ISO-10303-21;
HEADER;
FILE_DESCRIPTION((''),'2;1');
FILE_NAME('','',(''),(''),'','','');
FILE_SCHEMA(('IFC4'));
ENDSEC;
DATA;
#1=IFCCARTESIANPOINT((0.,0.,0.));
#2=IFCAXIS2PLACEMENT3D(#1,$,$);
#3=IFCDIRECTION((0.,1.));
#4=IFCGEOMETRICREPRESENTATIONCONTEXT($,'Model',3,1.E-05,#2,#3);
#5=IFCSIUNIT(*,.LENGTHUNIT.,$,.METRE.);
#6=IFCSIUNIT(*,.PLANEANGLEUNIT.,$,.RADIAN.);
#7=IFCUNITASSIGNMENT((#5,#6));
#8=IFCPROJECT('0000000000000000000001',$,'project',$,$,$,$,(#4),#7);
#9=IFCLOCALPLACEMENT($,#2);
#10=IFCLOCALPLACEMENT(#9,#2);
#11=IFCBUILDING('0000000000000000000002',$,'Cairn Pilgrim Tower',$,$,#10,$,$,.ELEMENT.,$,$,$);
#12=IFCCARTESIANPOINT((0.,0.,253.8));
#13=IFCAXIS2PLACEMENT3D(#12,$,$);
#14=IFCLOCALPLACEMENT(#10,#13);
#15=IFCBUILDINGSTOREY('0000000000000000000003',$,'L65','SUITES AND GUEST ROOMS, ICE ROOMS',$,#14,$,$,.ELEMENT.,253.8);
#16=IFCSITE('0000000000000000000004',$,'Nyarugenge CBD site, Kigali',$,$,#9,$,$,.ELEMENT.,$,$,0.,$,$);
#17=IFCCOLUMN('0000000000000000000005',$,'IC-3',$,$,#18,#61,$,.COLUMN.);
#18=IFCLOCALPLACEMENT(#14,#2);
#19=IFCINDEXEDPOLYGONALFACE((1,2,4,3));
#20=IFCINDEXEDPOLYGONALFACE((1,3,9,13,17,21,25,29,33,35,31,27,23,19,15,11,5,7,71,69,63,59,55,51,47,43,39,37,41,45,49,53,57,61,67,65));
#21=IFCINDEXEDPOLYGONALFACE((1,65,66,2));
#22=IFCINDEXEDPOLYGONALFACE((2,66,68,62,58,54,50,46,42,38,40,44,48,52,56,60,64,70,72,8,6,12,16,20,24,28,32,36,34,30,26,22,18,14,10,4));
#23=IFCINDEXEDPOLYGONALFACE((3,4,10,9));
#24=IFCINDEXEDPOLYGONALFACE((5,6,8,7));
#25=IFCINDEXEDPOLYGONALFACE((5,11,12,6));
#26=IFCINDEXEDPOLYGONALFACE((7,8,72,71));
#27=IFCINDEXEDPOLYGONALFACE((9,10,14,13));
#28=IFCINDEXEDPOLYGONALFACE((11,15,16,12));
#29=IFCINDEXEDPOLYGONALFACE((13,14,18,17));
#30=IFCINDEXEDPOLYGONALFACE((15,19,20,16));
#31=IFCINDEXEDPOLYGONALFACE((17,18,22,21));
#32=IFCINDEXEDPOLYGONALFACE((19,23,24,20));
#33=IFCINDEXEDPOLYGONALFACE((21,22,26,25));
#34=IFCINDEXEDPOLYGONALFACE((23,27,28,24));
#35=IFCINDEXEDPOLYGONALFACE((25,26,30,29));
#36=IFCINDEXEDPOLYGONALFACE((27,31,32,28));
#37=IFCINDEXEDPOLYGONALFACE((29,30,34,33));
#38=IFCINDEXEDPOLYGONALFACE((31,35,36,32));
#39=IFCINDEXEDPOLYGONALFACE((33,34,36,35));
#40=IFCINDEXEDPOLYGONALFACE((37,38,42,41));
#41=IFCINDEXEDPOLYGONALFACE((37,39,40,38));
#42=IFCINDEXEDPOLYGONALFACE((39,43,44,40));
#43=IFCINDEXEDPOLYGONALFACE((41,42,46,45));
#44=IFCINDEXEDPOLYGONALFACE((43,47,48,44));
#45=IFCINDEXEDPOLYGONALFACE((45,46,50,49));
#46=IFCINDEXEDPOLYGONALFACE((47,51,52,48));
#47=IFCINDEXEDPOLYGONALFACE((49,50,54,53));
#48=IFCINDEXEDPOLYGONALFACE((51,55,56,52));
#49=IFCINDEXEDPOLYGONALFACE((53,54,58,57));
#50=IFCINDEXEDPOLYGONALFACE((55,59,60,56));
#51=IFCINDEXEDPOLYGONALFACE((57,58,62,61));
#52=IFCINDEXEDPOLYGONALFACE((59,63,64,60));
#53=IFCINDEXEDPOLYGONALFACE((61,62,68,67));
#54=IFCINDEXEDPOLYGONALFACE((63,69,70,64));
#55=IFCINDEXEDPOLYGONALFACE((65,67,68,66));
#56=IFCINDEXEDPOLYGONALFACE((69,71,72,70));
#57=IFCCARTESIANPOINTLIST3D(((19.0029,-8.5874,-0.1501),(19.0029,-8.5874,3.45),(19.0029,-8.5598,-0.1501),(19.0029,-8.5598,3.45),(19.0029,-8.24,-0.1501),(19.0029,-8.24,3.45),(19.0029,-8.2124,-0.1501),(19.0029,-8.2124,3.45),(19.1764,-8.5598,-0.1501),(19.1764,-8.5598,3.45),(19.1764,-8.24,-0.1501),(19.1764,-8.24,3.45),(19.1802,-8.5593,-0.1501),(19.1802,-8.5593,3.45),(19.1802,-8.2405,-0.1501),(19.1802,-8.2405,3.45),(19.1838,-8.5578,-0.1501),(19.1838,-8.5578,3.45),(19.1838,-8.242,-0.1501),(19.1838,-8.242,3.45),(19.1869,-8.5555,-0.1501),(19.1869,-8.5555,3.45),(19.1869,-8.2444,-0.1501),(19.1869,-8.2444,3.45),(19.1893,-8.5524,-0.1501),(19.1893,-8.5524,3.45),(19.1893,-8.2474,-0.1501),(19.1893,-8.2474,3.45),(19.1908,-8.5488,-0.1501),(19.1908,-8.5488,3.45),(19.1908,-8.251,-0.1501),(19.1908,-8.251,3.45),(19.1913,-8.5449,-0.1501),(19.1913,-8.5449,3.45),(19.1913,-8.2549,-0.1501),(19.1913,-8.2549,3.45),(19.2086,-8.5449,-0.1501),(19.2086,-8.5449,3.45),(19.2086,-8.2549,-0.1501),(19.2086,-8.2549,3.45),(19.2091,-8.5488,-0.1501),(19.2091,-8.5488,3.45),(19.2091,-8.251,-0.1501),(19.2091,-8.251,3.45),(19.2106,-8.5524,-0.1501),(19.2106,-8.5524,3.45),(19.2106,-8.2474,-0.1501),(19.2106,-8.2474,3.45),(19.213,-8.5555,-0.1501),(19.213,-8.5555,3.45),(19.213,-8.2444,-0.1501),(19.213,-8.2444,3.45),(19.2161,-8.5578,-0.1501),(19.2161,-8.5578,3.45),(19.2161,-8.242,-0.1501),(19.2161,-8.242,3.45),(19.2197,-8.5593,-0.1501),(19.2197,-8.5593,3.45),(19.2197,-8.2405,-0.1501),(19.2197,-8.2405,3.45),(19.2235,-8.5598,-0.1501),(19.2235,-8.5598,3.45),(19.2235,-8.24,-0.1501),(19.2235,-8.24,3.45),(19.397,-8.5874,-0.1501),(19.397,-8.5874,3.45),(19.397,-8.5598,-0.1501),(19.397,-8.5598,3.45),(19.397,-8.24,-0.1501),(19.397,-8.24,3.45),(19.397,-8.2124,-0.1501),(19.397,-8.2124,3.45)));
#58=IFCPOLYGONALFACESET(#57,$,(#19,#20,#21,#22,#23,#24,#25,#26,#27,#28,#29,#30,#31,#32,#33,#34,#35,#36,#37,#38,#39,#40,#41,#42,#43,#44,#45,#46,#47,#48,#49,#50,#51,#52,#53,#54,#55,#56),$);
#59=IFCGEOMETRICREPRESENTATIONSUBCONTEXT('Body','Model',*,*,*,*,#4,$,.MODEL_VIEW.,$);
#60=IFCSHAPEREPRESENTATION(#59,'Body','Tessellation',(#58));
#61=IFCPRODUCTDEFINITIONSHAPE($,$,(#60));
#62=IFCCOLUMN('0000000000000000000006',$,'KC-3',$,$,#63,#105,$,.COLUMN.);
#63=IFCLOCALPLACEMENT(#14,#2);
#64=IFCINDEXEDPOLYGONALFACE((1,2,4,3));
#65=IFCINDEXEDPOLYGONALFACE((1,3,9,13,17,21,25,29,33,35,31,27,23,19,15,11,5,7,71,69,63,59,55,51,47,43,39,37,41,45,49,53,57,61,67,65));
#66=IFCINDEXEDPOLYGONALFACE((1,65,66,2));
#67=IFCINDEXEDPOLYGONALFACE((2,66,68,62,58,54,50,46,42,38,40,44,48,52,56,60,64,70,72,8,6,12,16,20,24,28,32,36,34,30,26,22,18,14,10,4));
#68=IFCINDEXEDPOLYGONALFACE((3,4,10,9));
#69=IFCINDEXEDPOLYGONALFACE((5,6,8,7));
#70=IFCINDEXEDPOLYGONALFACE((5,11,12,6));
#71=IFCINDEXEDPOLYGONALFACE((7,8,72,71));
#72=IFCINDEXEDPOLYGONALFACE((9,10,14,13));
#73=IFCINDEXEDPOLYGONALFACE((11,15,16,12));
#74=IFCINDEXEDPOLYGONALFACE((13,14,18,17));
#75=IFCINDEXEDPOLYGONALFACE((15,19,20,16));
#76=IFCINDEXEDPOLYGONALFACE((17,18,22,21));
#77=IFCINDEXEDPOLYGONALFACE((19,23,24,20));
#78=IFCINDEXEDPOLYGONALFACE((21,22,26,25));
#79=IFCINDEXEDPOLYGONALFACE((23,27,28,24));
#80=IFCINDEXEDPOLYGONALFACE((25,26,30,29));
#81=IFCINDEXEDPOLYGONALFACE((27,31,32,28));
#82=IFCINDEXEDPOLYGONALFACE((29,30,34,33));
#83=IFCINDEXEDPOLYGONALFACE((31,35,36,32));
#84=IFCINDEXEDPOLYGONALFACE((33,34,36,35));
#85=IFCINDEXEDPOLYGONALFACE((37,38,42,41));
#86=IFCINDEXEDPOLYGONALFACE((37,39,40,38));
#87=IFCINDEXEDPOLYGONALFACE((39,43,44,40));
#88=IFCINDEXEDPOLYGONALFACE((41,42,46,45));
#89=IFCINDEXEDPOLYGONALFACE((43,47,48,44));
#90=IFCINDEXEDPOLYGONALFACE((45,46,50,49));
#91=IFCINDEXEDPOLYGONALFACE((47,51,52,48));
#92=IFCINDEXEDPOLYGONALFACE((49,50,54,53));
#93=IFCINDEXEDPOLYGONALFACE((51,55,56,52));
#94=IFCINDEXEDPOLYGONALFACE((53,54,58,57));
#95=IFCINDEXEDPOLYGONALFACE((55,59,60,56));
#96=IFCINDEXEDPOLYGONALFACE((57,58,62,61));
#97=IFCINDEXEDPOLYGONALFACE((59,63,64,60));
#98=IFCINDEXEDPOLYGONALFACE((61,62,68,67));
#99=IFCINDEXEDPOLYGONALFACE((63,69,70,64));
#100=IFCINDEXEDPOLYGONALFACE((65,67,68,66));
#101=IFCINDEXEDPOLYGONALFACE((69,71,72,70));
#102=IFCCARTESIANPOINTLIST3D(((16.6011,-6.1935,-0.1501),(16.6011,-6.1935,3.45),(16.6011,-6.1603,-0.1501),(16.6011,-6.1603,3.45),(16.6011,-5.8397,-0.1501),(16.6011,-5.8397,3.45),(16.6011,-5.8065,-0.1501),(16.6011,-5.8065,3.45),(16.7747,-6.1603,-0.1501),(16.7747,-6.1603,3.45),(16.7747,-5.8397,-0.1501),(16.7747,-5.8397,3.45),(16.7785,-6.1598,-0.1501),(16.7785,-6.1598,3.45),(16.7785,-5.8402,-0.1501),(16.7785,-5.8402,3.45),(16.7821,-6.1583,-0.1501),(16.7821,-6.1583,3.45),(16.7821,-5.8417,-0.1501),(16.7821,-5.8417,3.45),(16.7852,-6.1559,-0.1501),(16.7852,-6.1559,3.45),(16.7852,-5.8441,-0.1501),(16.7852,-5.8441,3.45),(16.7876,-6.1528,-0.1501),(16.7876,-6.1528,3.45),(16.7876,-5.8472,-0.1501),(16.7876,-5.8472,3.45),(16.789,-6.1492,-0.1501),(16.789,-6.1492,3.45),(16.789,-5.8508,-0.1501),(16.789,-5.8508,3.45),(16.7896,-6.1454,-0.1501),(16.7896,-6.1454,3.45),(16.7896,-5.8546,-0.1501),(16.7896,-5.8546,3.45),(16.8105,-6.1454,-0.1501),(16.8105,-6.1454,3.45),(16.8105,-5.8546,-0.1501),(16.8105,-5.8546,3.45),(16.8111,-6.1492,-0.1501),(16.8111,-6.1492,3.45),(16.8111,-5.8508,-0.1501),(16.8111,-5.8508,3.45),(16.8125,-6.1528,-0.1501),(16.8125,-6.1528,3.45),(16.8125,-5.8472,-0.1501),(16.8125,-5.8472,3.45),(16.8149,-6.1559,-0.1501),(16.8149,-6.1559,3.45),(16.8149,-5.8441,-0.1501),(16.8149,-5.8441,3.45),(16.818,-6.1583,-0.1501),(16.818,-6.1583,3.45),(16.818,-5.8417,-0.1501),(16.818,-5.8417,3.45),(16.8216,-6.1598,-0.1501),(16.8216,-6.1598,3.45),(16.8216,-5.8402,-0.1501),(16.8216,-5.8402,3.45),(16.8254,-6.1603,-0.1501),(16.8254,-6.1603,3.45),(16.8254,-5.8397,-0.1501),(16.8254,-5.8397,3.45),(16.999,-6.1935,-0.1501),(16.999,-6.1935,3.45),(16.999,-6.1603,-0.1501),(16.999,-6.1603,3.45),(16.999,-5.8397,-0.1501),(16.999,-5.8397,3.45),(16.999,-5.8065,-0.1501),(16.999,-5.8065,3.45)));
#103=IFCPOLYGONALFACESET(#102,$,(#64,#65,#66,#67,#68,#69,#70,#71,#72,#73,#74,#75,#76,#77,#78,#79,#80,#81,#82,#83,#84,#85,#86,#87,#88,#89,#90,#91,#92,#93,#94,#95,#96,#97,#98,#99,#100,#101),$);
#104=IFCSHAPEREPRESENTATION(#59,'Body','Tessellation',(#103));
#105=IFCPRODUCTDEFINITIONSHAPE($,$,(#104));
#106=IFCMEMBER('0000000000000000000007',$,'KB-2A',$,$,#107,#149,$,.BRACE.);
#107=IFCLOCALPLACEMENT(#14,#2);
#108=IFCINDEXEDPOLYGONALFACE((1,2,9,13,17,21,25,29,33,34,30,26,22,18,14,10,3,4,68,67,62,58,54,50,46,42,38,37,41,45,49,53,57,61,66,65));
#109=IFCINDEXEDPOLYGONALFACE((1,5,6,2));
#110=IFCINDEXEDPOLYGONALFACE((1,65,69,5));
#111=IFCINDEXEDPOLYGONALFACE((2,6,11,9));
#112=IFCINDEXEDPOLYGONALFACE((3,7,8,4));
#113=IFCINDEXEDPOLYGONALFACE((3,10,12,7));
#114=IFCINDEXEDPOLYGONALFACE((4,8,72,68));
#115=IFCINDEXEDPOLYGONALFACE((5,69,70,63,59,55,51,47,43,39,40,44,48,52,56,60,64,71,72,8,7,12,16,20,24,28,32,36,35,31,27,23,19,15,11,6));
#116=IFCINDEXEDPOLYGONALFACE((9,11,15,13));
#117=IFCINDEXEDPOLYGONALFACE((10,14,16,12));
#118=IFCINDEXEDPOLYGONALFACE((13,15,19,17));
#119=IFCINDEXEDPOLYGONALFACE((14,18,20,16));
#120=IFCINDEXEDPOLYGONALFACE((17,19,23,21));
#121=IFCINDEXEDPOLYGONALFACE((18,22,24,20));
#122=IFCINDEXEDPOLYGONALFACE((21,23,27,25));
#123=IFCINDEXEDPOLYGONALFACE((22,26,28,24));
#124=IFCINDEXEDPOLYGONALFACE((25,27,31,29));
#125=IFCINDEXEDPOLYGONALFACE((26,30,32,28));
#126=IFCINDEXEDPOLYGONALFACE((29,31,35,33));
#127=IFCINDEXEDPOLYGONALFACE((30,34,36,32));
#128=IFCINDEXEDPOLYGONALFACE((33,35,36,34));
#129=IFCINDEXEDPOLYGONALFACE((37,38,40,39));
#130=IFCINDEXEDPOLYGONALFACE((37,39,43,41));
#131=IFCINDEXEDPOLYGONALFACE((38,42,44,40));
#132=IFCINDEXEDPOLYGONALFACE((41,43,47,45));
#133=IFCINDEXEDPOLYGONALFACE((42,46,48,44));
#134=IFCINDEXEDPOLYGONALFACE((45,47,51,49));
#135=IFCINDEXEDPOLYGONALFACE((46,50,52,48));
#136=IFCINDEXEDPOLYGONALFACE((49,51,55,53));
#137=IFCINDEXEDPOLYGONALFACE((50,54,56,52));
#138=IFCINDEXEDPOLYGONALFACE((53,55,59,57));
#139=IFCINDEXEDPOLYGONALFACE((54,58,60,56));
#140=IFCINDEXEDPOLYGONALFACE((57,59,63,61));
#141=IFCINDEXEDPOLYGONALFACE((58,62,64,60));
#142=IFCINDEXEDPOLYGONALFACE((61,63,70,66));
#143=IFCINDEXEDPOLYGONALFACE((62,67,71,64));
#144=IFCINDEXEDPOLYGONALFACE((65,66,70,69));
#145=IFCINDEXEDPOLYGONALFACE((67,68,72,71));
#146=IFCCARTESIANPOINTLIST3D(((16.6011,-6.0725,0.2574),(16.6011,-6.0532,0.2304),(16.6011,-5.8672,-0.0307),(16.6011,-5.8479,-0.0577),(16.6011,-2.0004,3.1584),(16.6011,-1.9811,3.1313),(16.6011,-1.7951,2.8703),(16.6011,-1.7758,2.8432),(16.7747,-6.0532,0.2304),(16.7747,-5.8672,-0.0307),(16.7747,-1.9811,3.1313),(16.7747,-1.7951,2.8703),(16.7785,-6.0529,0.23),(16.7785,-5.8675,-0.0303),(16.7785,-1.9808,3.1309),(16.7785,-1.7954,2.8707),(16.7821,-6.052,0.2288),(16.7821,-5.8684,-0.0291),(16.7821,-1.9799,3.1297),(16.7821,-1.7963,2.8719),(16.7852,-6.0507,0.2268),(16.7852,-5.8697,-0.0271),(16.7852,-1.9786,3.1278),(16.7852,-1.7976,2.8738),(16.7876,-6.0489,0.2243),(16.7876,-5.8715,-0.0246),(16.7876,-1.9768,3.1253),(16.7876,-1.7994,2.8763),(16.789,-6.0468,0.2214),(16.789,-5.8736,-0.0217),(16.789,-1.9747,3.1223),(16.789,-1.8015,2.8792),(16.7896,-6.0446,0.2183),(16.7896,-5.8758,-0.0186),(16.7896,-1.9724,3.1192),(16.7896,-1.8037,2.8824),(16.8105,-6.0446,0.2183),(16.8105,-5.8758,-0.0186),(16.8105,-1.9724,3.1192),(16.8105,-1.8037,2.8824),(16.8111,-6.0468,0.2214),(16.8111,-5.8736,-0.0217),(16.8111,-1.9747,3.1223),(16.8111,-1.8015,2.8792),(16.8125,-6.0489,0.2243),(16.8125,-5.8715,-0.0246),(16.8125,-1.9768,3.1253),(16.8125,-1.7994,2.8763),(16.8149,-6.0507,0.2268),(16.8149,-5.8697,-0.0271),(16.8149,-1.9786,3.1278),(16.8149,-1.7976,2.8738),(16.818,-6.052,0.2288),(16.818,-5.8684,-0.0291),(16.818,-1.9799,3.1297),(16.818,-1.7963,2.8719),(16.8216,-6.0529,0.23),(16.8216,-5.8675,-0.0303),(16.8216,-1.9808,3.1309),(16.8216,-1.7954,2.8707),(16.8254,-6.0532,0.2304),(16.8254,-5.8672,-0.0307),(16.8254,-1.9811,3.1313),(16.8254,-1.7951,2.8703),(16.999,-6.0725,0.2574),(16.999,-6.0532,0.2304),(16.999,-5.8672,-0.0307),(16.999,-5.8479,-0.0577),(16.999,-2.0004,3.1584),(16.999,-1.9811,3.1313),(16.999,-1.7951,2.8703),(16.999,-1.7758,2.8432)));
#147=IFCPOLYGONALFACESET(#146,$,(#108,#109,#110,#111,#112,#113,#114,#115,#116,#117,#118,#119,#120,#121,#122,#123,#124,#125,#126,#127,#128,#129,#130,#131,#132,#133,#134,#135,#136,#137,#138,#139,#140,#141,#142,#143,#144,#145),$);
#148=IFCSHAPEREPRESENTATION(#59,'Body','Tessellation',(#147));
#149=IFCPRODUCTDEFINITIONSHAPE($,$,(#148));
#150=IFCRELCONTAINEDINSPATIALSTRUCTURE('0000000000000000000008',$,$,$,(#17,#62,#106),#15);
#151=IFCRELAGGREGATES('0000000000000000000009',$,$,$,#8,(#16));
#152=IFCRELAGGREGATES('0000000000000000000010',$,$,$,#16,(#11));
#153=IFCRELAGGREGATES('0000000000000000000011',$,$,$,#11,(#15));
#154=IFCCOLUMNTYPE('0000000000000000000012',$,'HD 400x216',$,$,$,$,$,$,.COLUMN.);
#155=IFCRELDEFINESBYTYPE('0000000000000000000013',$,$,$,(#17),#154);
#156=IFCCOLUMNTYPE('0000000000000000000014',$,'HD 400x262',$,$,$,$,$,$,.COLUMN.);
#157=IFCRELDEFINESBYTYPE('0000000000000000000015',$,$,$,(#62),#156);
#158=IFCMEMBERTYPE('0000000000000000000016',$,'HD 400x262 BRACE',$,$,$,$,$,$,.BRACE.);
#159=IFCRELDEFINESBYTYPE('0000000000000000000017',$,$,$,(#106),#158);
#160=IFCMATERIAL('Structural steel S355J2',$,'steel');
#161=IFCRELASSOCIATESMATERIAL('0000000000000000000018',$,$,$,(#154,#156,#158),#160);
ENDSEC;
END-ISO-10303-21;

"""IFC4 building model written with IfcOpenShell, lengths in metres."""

from ifc_helpers import new_model, si_unit, direction, frame, origin, origin_2d, place, context, subcontext, project, spatial, i_section, extrude, material, material_profile, profile_set, type_object, element, save


model = new_model("IFC4")

# Units and contexts
model_context = context("Model", 3, precision=1e-05, world=origin(), true_north=direction((0.0, 1.0)))
body_context = subcontext(model_context, "Body", "Model", "MODEL_VIEW")
ifc_project = project(units=[si_unit("LENGTHUNIT", "METRE"), si_unit("PLANEANGLEUNIT", "RADIAN")], contexts=[model_context])

# Site, building, storey
site_placement = place(None, origin())
site = spatial("IfcSite", under=ifc_project, at=site_placement, Name="Nyarugenge CBD site, Kigali", CompositionType="ELEMENT", RefElevation=0.0)
building_placement = place(site_placement, origin())
building = spatial("IfcBuilding", under=site, at=building_placement, Name="Cairn Pilgrim Tower", CompositionType="ELEMENT")
storey_placement = place(building_placement, frame((0.0, 0.0, 253.8)))
storey = spatial("IfcBuildingStorey", under=building, at=storey_placement, Name="L65", Description="SUITES AND GUEST ROOMS, ICE ROOMS", CompositionType="ELEMENT", Elevation=253.8)

# Columns
ifc_material_1 = material(Name="Structural steel S355J2", Category="steel")
ifc_material_profile_1 = material_profile(ifc_material_1, i_section(OverallWidth=0.394, OverallDepth=0.375, WebThickness=0.0173, FlangeThickness=0.0276, FilletRadius=0.0149, at=origin_2d()), Name="HD 400x216")
ifc_profile_set_1 = profile_set([ifc_material_profile_1], Name="Structural steel S355J2")
column_type_1 = type_object("IfcColumnType", Name="HD 400x216", PredefinedType="COLUMN", material=ifc_profile_set_1)
column_1_placement = place(storey_placement, frame((19.2, -8.3999, -0.1501), z_axis=(0.0, 0.0, 1.0), x_axis=(1.0, 0.0, 0.0)))
element("IfcColumn", 1, at=column_1_placement, inside=storey, type_object=column_type_1, Name="IC-3", PredefinedType="COLUMN", context=body_context, shape_type="SweptSolid", body=[
    extrude(i_section(OverallWidth=0.394, OverallDepth=0.375, WebThickness=0.0173, FlangeThickness=0.0276, FilletRadius=0.0149, at=origin_2d()), origin(), (0.0, 0.0, 1.0), 3.6001),
])
ifc_material_profile_2 = material_profile(ifc_material_1, i_section(OverallWidth=0.3979, OverallDepth=0.387, WebThickness=0.021, FlangeThickness=0.0332, FilletRadius=0.0149, at=origin_2d()), Name="HD 400x262")
ifc_profile_set_2 = profile_set([ifc_material_profile_2], Name="Structural steel S355J2")
column_type_2 = type_object("IfcColumnType", Name="HD 400x262", PredefinedType="COLUMN", material=ifc_profile_set_2)
column_2_placement = place(storey_placement, frame((16.8, -6.0, -0.1501), z_axis=(0.0, 0.0, 1.0), x_axis=(1.0, 0.0, 0.0)))
element("IfcColumn", 2, at=column_2_placement, inside=storey, type_object=column_type_2, Name="KC-3", PredefinedType="COLUMN", context=body_context, shape_type="SweptSolid", body=[
    extrude(i_section(OverallWidth=0.3979, OverallDepth=0.387, WebThickness=0.021, FlangeThickness=0.0332, FilletRadius=0.0149, at=origin_2d()), origin(), (0.0, 0.0, 1.0), 3.6001),
])

# Member
ifc_material_profile_3 = material_profile(ifc_material_1, i_section(OverallWidth=0.3979, OverallDepth=0.387, WebThickness=0.021, FlangeThickness=0.0332, FilletRadius=0.0149, at=origin_2d()), Name="HD 400x262")
ifc_profile_set_3 = profile_set([ifc_material_profile_3], Name="Structural steel S355J2")
member_type = type_object("IfcMemberType", Name="HD 400x262 BRACE", PredefinedType="BRACE", material=ifc_profile_set_3)
member_placement = place(storey_placement, frame((16.8, -5.9602, 0.0999), z_axis=(0.0, 0.814462, 0.580217), x_axis=(-1.0, 0.0, 0.0)))
element("IfcMember", 3, at=member_placement, inside=storey, type_object=member_type, Name="KB-2A", PredefinedType="BRACE", context=body_context, shape_type="SweptSolid", body=[
    extrude(i_section(OverallWidth=0.3979, OverallDepth=0.387, WebThickness=0.021, FlangeThickness=0.0332, FilletRadius=0.0149, at=origin_2d()), origin(), (0.0, 0.0, 1.0), 4.9998),
])

save(model, "model.ifc")
